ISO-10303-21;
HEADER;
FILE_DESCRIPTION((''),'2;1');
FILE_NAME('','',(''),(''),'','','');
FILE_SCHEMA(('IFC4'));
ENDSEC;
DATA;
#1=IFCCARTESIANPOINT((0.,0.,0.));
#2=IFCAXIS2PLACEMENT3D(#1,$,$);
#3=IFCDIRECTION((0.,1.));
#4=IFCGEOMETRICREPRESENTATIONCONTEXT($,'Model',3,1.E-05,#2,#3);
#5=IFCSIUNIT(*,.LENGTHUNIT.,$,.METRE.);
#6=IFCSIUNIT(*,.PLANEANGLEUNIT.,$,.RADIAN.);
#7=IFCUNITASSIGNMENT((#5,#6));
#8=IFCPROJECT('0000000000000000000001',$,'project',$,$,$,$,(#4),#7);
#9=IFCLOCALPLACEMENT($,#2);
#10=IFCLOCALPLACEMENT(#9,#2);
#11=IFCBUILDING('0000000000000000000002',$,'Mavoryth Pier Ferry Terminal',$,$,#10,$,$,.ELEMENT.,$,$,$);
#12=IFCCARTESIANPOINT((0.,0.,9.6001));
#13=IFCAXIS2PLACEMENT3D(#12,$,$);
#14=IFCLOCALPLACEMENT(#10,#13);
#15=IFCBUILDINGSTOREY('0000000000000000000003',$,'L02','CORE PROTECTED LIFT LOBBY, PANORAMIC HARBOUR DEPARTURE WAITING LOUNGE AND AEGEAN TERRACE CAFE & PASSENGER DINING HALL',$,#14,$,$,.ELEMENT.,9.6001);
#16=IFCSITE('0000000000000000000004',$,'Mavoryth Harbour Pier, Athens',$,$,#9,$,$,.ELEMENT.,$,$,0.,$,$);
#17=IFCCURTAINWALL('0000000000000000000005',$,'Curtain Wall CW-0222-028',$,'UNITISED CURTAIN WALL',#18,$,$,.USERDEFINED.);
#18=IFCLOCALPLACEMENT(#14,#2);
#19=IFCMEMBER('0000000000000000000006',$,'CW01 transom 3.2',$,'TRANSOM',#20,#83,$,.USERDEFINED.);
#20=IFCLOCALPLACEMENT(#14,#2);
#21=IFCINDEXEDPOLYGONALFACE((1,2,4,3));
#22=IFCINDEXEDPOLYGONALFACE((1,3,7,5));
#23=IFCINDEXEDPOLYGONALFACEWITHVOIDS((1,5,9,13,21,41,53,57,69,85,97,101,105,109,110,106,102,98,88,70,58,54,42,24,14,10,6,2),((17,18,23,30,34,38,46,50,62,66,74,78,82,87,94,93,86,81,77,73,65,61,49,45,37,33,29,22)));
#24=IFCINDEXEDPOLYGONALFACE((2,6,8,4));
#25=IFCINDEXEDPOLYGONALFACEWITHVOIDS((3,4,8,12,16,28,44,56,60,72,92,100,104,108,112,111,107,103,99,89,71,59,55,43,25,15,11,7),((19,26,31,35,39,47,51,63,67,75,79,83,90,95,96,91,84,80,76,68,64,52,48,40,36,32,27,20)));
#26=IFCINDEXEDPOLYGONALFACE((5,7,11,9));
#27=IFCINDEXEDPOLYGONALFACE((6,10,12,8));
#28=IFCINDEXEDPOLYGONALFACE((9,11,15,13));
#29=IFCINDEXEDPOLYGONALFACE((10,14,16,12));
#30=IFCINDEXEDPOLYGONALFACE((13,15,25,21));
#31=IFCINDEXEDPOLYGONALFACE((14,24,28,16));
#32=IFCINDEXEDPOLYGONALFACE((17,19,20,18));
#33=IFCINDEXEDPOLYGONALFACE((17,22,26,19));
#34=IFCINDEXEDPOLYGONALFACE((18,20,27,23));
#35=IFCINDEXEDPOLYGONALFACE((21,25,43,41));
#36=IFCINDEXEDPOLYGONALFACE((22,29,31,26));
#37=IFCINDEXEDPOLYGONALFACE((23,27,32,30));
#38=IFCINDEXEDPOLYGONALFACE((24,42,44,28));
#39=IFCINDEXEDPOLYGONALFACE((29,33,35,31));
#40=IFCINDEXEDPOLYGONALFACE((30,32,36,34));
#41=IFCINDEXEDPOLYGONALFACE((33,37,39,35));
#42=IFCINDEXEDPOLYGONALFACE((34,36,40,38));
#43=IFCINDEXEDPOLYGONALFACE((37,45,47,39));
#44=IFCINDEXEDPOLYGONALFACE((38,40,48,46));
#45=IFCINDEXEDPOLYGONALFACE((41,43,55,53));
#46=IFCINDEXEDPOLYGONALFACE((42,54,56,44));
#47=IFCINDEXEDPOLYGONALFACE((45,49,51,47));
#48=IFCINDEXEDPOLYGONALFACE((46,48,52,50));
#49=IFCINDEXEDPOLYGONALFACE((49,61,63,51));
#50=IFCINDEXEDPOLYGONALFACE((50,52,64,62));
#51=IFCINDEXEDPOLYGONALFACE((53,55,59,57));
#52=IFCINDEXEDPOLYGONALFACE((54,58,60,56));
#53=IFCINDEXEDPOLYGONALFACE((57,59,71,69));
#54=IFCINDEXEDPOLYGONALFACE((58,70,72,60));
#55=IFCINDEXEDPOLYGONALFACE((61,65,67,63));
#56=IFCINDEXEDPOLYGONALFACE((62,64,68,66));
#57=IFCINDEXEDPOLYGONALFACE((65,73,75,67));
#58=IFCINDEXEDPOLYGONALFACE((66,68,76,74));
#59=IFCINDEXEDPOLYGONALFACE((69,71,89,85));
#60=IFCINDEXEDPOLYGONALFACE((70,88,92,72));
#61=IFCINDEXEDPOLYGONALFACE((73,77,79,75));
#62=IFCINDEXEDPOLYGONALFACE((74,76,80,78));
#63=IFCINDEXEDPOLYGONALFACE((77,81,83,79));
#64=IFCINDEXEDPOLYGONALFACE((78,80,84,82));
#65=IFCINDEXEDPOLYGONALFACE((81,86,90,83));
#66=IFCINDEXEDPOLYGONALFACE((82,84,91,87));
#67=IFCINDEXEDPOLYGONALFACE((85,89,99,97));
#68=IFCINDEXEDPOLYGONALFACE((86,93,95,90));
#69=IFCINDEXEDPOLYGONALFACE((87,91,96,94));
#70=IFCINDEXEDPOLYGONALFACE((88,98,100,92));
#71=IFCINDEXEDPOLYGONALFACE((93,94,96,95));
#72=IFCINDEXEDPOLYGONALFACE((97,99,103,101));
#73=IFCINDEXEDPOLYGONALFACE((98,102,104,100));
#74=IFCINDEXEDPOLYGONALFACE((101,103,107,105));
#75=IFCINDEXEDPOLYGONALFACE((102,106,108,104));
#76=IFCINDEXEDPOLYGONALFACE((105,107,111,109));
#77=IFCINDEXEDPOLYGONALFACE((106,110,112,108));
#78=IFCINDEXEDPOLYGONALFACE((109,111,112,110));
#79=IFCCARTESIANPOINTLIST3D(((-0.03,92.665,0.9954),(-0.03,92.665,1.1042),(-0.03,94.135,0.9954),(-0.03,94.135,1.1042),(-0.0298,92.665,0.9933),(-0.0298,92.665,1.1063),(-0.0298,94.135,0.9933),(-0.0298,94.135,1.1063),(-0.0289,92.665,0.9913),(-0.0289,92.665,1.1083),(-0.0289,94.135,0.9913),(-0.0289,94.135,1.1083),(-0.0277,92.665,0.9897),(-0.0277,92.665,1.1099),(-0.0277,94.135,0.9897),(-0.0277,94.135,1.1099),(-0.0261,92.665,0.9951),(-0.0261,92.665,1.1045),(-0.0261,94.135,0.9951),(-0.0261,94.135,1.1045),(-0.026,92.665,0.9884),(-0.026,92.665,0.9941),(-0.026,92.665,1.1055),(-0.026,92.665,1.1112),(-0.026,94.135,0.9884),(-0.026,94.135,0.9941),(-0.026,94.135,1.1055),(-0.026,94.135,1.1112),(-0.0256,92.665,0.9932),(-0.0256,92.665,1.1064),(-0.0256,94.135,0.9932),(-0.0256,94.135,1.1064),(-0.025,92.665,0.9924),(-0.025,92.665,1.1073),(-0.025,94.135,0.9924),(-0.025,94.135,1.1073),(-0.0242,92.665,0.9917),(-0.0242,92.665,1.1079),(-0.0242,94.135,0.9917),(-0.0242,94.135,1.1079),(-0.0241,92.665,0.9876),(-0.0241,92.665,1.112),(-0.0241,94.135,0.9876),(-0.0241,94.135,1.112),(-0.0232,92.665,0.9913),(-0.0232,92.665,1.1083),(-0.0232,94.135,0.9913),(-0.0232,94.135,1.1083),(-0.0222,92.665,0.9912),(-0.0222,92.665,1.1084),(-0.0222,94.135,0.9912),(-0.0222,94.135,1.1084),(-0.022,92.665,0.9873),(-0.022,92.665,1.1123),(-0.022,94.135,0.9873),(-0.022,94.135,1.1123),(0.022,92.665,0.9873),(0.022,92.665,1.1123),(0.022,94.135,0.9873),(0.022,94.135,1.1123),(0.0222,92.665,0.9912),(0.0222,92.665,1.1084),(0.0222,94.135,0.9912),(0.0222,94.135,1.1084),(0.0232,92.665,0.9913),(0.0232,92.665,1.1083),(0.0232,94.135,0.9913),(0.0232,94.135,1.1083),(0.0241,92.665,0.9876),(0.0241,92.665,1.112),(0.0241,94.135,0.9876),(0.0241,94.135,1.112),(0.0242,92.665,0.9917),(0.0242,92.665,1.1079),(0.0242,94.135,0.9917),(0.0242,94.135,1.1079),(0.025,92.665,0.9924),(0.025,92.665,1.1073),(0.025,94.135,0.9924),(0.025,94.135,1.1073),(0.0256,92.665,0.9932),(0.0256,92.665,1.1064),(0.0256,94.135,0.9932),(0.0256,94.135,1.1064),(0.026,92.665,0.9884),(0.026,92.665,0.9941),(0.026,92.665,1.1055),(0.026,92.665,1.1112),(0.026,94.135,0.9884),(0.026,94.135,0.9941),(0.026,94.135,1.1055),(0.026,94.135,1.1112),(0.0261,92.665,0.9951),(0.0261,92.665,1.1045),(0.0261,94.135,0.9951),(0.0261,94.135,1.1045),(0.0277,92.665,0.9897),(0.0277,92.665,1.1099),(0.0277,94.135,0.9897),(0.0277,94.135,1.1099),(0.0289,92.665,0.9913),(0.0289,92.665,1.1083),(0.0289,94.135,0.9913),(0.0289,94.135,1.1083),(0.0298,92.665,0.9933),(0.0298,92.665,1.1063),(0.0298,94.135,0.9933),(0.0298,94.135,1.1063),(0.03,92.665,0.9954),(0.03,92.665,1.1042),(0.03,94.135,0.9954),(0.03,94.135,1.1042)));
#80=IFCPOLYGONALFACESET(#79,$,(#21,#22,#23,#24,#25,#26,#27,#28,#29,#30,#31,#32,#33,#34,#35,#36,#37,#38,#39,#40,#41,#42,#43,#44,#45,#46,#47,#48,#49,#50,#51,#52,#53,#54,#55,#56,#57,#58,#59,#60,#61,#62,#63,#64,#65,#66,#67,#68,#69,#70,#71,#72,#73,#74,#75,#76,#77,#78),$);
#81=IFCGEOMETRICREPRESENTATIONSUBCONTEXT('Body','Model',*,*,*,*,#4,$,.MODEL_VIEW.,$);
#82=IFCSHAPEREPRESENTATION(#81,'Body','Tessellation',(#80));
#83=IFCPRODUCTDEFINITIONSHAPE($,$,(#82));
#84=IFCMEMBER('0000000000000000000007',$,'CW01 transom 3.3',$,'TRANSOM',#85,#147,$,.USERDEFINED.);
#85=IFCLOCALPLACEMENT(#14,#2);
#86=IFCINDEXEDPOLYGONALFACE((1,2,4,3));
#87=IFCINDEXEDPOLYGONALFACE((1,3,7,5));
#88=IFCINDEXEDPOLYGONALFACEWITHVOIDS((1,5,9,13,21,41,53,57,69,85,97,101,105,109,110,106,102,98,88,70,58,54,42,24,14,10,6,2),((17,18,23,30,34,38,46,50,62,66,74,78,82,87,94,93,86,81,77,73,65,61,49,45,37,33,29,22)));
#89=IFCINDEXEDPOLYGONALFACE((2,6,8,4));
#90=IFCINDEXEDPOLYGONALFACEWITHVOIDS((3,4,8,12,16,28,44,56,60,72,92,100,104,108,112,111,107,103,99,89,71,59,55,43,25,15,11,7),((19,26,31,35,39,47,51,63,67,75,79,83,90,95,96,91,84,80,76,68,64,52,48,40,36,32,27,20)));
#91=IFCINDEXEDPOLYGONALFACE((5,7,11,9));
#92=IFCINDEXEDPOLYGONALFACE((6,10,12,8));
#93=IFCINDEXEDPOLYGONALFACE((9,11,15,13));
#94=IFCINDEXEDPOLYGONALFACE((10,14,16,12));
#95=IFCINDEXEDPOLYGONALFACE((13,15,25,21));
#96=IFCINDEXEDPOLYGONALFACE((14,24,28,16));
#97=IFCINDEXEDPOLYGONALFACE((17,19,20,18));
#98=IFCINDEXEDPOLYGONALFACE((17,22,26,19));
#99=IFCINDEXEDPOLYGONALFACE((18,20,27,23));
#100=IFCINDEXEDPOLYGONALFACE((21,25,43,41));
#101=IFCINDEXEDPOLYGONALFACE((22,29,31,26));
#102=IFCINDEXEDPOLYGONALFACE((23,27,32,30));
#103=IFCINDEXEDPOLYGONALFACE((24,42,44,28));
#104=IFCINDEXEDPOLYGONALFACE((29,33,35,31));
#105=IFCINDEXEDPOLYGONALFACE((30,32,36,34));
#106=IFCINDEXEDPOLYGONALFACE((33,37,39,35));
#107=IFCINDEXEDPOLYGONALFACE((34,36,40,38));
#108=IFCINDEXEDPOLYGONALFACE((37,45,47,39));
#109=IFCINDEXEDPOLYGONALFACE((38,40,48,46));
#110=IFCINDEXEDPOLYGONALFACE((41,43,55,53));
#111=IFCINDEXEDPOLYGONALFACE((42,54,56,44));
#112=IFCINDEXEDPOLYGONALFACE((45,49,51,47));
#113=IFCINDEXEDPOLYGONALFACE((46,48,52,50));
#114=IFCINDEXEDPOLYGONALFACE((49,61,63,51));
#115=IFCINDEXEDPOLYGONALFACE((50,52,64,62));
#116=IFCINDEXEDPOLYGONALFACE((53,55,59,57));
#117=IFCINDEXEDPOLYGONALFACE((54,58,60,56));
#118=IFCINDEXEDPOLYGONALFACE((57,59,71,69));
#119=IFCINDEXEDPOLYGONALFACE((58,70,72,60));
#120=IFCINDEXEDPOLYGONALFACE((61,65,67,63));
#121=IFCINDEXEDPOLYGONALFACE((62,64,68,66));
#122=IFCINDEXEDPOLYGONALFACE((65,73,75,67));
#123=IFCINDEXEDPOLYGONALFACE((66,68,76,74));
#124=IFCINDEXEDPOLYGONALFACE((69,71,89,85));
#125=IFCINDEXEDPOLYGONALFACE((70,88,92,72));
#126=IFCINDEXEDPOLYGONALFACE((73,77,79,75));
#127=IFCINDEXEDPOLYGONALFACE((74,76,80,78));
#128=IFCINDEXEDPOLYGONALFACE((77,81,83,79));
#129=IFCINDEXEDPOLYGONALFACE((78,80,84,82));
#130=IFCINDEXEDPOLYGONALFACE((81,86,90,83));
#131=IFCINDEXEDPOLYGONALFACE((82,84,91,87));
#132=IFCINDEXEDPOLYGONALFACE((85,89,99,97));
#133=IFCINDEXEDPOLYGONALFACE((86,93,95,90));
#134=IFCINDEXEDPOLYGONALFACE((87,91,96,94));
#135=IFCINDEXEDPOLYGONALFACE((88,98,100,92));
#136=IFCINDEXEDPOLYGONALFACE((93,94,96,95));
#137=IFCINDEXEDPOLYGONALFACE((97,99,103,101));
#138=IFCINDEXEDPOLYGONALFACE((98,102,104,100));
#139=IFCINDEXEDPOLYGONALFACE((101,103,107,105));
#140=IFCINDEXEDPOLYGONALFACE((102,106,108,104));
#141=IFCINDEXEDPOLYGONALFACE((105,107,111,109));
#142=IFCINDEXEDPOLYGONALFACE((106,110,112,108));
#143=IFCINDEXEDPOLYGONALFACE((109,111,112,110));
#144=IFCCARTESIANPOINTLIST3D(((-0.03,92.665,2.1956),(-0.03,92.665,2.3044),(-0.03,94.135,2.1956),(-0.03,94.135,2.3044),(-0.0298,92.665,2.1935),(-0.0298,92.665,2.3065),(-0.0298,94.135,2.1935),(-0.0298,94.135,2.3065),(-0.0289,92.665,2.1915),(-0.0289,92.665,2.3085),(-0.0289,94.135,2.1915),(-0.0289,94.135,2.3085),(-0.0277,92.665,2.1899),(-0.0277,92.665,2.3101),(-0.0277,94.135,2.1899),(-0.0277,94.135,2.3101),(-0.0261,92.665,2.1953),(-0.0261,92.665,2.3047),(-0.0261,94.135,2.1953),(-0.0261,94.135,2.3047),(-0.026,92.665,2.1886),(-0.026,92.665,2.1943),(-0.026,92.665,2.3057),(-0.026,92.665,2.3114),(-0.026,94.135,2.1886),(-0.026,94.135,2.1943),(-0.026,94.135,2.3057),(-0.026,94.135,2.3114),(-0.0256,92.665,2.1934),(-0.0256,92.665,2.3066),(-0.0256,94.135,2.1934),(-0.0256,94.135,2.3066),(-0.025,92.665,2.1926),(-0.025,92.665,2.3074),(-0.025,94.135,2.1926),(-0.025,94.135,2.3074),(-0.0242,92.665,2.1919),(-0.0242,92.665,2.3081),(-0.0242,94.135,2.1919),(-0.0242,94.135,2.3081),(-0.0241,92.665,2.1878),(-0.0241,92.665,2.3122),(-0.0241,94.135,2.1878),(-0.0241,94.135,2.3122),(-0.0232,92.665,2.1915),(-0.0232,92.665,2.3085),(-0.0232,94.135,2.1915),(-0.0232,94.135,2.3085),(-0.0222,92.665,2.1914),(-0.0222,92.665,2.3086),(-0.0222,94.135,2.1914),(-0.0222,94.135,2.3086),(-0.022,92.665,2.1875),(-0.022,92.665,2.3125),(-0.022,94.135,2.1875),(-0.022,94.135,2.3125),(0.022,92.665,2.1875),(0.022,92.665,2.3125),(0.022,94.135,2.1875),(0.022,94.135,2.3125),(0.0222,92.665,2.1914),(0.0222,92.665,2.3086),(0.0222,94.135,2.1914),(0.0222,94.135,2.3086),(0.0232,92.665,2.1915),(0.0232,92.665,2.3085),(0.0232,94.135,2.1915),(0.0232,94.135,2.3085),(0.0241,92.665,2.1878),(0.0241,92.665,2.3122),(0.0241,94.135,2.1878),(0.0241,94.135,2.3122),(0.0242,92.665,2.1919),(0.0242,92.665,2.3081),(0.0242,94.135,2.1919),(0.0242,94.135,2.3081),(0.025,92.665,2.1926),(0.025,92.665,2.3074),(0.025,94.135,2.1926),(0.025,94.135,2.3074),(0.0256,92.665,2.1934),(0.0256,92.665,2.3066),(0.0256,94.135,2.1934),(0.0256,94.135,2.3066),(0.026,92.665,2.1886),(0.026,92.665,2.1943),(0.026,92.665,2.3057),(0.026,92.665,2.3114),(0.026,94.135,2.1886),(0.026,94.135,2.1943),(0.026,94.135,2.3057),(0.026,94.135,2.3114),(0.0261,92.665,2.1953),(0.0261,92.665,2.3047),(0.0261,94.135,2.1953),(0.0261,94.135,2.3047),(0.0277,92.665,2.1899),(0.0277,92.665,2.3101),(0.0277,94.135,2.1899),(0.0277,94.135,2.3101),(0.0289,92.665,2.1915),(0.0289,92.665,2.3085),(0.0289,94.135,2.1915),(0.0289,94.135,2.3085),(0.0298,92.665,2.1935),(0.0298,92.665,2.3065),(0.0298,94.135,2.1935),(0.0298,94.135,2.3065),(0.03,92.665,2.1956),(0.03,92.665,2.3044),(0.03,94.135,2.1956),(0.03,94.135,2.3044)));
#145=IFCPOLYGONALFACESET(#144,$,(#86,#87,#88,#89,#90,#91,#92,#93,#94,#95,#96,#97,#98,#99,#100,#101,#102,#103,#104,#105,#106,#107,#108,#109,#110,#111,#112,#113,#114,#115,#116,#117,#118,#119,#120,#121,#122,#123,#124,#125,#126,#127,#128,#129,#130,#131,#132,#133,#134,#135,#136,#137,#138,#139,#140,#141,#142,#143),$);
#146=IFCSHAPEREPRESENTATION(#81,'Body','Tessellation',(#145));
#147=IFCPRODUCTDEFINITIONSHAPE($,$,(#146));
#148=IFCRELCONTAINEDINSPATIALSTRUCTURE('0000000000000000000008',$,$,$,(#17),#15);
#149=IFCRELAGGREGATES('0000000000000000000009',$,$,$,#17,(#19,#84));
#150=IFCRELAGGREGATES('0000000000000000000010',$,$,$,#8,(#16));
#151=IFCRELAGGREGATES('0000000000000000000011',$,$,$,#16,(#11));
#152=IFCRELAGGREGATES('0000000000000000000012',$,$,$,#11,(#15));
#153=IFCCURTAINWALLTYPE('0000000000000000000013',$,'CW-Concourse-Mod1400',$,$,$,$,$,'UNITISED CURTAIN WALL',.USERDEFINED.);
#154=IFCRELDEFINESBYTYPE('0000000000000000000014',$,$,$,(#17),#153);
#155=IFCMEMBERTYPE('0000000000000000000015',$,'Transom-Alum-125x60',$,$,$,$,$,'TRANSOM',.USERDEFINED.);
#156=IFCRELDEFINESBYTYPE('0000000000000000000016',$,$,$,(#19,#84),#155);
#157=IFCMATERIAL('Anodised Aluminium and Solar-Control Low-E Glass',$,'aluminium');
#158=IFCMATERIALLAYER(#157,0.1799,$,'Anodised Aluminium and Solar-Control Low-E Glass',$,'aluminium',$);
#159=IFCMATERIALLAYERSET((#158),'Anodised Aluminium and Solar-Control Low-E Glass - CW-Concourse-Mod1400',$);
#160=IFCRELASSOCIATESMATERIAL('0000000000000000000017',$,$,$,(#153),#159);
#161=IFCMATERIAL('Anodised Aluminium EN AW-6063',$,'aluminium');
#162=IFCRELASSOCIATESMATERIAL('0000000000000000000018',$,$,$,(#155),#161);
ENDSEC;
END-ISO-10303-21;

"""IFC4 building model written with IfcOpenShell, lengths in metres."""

from ifc_helpers import new_model, si_unit, direction, frame, origin, origin_2d, place, context, subcontext, project, spatial, hollow_rectangle, extrude, material, layer, layer_set, material_profile, profile_set, type_object, element, aggregate, save


model = new_model("IFC4")

# Units and contexts
model_context = context("Model", 3, precision=1e-05, world=origin(), true_north=direction((0.0, 1.0)))
body_context = subcontext(model_context, "Body", "Model", "MODEL_VIEW")
ifc_project = project(units=[si_unit("LENGTHUNIT", "METRE"), si_unit("PLANEANGLEUNIT", "RADIAN")], contexts=[model_context])

# Site, building, storey
site_placement = place(None, origin())
site = spatial("IfcSite", under=ifc_project, at=site_placement, Name="Mavoryth Harbour Pier, Athens", CompositionType="ELEMENT", RefElevation=0.0)
building_placement = place(site_placement, origin())
building = spatial("IfcBuilding", under=site, at=building_placement, Name="Mavoryth Pier Ferry Terminal", CompositionType="ELEMENT")
storey_placement = place(building_placement, frame((0.0, 0.0, 9.6001)))
storey = spatial("IfcBuildingStorey", under=building, at=storey_placement, Name="L02", Description="CORE PROTECTED LIFT LOBBY, PANORAMIC HARBOUR DEPARTURE WAITING LOUNGE AND AEGEAN TERRACE CAFE & PASSENGER DINING HALL", CompositionType="ELEMENT", Elevation=9.6001)

# Shared definitions
ifc_material_1 = material(Name="Anodised Aluminium and Solar-Control Low-E Glass", Category="aluminium")
ifc_layer_1 = layer(ifc_material_1, 0.1799, Name="Anodised Aluminium and Solar-Control Low-E Glass", Category="aluminium")
ifc_layer_set_1 = layer_set([ifc_layer_1], Name="Anodised Aluminium and Solar-Control Low-E Glass - CW-Concourse-Mod1400")
curtain_wall_type = type_object("IfcCurtainWallType", Name="CW-Concourse-Mod1400", ElementType="UNITISED CURTAIN WALL", PredefinedType="USERDEFINED", material=ifc_layer_set_1)
ifc_material_2 = material(Name="Anodised Aluminium EN AW-6063", Category="aluminium")

# Curtain wall
curtain_wall_1_placement = place(storey_placement, origin())
curtain_wall_1 = element("IfcCurtainWall", 1, at=curtain_wall_1_placement, inside=storey, type_object=curtain_wall_type, Name="Curtain Wall CW-0222-028", ObjectType="UNITISED CURTAIN WALL", PredefinedType="USERDEFINED")

# Members
ifc_material_profile_1 = material_profile(ifc_material_2, hollow_rectangle(XDim=0.0601, YDim=0.125, WallThickness=0.0039, InnerFilletRadius=0.0039, OuterFilletRadius=0.0081, at=origin_2d()), Name="AL-TRAN 125x60x4", Category="aluminium")
ifc_profile_set_1 = profile_set([ifc_material_profile_1], Name="Anodised Aluminium EN AW-6063 - AL-TRAN 125x60x4")
member_type_1 = type_object("IfcMemberType", Name="Transom-Alum-125x60", ElementType="TRANSOM", PredefinedType="USERDEFINED", material=ifc_profile_set_1)
member_1_placement = place(storey_placement, frame((0.0, 94.135, 1.0498), z_axis=(0.0, -1.0, 0.0), x_axis=(1.0, 0.0, 0.0)))
member_1 = element("IfcMember", 2, at=member_1_placement, type_object=member_type_1, Name="CW01 transom 3.2", ObjectType="TRANSOM", PredefinedType="USERDEFINED", context=body_context, shape_type="SweptSolid", body=[
    extrude(hollow_rectangle(XDim=0.0601, YDim=0.125, WallThickness=0.0039, InnerFilletRadius=0.0039, OuterFilletRadius=0.0081, at=origin_2d()), origin(), (0.0, 0.0, 1.0), 1.47),
])
member_2_placement = place(storey_placement, frame((0.0, 94.135, 2.25), z_axis=(0.0, -1.0, 0.0), x_axis=(1.0, 0.0, 0.0)))
member_2 = element("IfcMember", 3, at=member_2_placement, type_object=member_type_1, Name="CW01 transom 3.3", ObjectType="TRANSOM", PredefinedType="USERDEFINED", context=body_context, shape_type="SweptSolid", body=[
    extrude(hollow_rectangle(XDim=0.0601, YDim=0.125, WallThickness=0.0039, InnerFilletRadius=0.0039, OuterFilletRadius=0.0081, at=origin_2d()), origin(), (0.0, 0.0, 1.0), 1.47),
])

aggregate(curtain_wall_1, [member_1, member_2])

save(model, "model.ifc")
